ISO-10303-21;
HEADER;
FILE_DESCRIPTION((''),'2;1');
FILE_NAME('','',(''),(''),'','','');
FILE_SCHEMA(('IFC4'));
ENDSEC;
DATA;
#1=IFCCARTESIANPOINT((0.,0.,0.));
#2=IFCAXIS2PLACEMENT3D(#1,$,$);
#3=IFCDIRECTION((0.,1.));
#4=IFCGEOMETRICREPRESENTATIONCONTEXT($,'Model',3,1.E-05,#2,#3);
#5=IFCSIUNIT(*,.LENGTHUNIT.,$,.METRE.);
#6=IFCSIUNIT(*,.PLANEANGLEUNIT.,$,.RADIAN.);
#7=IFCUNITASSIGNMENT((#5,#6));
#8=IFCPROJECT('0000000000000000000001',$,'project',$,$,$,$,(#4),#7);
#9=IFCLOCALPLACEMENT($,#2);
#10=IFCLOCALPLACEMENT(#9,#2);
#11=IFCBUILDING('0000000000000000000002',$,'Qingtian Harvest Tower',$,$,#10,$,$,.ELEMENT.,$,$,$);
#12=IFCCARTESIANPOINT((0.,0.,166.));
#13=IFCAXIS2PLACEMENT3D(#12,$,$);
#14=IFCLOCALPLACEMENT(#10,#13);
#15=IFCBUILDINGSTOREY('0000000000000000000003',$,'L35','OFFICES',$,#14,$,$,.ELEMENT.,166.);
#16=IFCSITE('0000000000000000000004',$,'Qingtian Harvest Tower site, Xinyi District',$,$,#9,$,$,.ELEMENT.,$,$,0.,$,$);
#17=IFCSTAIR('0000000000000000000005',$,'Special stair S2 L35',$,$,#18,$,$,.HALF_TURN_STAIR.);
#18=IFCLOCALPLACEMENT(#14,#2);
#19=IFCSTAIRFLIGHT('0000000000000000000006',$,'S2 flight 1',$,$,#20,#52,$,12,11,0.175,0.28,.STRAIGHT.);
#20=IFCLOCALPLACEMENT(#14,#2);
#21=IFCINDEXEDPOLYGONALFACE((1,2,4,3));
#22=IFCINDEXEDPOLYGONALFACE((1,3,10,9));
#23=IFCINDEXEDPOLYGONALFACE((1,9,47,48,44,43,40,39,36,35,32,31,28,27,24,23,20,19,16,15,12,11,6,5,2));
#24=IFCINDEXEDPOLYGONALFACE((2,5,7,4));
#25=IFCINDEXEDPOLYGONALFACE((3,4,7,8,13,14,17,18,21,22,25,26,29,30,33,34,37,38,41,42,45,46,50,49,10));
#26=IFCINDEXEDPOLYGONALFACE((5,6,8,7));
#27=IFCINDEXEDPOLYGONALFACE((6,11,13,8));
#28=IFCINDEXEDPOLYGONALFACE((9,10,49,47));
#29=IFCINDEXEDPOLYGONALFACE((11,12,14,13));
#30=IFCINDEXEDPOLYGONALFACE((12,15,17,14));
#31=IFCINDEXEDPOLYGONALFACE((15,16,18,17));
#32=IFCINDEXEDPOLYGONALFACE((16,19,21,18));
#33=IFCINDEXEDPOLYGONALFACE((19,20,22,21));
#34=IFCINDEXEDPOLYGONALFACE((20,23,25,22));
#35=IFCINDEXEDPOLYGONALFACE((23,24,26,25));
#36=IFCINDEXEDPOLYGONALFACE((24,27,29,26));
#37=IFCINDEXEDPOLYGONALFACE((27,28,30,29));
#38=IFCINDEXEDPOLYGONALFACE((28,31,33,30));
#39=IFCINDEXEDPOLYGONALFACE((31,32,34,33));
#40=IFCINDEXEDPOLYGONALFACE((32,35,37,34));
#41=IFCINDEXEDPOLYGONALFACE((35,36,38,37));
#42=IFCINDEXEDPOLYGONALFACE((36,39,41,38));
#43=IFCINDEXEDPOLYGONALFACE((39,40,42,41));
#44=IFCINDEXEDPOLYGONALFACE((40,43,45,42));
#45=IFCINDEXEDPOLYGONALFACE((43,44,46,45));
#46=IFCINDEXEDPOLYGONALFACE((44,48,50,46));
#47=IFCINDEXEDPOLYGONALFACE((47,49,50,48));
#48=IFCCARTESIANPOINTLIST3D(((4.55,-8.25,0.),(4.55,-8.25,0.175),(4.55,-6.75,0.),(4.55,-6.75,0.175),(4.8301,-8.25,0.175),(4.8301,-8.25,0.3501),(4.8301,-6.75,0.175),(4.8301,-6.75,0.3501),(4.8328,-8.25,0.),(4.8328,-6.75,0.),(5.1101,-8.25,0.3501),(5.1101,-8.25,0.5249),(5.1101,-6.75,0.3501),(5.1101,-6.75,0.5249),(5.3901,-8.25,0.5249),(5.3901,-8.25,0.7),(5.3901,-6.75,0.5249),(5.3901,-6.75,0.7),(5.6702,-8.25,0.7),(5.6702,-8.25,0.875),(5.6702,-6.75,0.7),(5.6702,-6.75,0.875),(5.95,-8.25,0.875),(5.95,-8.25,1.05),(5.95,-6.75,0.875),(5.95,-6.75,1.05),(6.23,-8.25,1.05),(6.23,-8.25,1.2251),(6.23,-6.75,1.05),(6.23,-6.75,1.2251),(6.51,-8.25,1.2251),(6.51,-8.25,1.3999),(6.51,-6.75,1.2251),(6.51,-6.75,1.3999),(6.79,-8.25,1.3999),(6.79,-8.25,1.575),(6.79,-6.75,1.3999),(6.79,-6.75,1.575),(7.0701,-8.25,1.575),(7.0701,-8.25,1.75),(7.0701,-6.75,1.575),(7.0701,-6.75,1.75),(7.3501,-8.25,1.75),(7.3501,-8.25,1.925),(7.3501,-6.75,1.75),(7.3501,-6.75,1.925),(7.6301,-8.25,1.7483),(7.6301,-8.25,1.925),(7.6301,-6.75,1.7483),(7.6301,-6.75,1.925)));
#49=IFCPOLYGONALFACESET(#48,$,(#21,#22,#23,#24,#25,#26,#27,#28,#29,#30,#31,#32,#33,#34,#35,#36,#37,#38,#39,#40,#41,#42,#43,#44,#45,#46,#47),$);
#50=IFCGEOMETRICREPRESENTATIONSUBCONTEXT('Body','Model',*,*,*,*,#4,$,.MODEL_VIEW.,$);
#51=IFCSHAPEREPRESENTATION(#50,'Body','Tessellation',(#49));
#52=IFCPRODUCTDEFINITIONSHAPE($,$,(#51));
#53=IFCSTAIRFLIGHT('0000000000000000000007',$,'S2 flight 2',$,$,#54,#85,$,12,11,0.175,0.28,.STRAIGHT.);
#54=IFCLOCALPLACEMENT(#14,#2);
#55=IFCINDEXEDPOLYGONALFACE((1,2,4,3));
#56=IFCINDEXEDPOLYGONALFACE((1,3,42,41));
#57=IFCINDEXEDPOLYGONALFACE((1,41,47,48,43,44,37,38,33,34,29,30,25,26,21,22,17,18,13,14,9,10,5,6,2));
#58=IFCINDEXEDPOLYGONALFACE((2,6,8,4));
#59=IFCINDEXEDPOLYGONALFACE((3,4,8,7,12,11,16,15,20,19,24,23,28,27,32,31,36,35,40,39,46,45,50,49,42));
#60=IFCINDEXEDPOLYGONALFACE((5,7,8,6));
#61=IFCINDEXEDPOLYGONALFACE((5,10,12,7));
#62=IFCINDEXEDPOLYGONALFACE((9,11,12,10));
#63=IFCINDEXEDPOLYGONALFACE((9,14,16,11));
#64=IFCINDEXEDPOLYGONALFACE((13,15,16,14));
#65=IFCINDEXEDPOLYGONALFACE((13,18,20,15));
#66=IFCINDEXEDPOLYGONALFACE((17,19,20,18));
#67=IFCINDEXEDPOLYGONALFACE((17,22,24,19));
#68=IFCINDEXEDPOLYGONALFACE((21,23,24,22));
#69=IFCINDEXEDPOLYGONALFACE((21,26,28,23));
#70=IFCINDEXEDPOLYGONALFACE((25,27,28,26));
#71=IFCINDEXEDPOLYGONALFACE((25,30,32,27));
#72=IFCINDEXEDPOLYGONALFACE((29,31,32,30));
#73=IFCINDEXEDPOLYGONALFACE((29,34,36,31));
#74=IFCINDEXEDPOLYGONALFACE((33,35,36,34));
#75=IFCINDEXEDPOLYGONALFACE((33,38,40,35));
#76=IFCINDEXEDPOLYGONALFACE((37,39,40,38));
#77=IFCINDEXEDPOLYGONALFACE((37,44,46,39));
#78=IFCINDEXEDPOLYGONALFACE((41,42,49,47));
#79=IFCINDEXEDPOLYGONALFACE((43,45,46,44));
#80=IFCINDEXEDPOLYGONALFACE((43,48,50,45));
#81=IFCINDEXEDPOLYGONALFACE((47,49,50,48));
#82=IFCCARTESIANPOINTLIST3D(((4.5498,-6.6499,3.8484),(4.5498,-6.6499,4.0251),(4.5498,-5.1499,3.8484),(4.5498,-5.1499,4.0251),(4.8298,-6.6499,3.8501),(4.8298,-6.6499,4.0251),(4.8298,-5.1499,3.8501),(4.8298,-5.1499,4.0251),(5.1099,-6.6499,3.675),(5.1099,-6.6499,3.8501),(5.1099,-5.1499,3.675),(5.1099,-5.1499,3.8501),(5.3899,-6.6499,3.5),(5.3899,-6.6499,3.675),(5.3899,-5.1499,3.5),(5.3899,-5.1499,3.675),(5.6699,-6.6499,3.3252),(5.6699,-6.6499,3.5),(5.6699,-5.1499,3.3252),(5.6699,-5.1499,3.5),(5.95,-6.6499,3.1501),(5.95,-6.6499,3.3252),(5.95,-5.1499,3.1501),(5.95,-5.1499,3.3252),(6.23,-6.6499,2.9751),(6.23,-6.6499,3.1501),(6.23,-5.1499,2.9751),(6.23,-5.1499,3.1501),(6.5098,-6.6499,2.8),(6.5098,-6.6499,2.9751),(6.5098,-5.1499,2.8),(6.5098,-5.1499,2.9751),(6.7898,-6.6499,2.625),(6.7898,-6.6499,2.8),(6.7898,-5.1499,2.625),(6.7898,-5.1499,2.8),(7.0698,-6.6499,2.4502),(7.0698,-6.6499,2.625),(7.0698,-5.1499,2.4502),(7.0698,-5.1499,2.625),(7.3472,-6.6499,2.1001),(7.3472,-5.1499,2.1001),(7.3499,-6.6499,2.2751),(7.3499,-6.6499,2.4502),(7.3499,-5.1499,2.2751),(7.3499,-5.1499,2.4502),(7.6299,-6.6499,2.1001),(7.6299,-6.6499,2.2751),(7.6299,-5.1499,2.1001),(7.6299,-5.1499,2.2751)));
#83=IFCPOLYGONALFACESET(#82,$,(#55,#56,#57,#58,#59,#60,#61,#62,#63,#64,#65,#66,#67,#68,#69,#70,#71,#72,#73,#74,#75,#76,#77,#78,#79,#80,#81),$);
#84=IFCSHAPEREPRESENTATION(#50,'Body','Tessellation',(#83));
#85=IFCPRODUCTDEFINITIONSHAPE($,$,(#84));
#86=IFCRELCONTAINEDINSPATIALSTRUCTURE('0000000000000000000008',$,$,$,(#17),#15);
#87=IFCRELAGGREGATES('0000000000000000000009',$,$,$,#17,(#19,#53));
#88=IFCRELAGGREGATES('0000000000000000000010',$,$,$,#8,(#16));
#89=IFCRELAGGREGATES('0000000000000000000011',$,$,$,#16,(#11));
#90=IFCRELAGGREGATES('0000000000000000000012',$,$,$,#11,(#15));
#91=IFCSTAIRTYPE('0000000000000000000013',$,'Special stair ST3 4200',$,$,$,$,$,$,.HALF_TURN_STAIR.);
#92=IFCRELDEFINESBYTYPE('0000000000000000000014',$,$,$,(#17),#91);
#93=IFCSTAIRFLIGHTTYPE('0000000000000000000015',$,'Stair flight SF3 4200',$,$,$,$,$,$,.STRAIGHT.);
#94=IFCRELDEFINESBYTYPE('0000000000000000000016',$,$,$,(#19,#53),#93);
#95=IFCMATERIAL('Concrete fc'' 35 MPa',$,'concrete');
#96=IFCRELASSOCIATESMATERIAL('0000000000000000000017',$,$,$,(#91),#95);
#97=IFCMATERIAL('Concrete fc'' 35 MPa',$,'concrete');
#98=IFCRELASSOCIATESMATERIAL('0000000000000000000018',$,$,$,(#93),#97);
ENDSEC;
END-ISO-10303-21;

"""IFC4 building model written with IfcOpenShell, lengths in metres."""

from ifc_helpers import new_model, si_unit, direction, frame, origin, place, context, subcontext, project, spatial, polyline, outline, extrude, material, type_object, element, aggregate, save


model = new_model("IFC4")

# Units and contexts
model_context = context("Model", 3, precision=1e-05, world=origin(), true_north=direction((0.0, 1.0)))
body_context = subcontext(model_context, "Body", "Model", "MODEL_VIEW")
ifc_project = project(units=[si_unit("LENGTHUNIT", "METRE"), si_unit("PLANEANGLEUNIT", "RADIAN")], contexts=[model_context])

# Site, building, storey
site_placement = place(None, origin())
site = spatial("IfcSite", under=ifc_project, at=site_placement, Name="Qingtian Harvest Tower site, Xinyi District", CompositionType="ELEMENT", RefElevation=0.0)
building_placement = place(site_placement, origin())
building = spatial("IfcBuilding", under=site, at=building_placement, Name="Qingtian Harvest Tower", CompositionType="ELEMENT")
storey_placement = place(building_placement, frame((0.0, 0.0, 166.0)))
storey = spatial("IfcBuildingStorey", under=building, at=storey_placement, Name="L35", Description="OFFICES", CompositionType="ELEMENT", Elevation=166.0)

# Stair, stair flights
ifc_material_1 = material(Name="Concrete fc' 35 MPa", Category="concrete")
stair_type = type_object("IfcStairType", Name="Special stair ST3 4200", PredefinedType="HALF_TURN_STAIR", material=ifc_material_1)
stair_placement = place(storey_placement, origin())
stair = element("IfcStair", 1, at=stair_placement, inside=storey, type_object=stair_type, Name="Special stair S2 L35", PredefinedType="HALF_TURN_STAIR")
ifc_material_2 = material(Name="Concrete fc' 35 MPa", Category="concrete")
stair_flight_type = type_object("IfcStairFlightType", Name="Stair flight SF3 4200", PredefinedType="STRAIGHT", material=ifc_material_2)
stair_flight_1_placement = place(storey_placement, frame((4.55, -7.5, 0.0), z_axis=(0.0, 0.0, 1.0), x_axis=(1.0, 0.0, 0.0)))
stair_flight_1 = element("IfcStairFlight", 2, at=stair_flight_1_placement, type_object=stair_flight_type, Name="S2 flight 1", NumberOfRisers=12, NumberOfTreads=11, PredefinedType="STRAIGHT", RiserHeight=0.175, TreadLength=0.28, context=body_context, shape_type="SweptSolid", body=[
    extrude(outline(polyline([(0.0, 0.0), (0.0, 0.175), (0.28, 0.175), (0.28, 0.3501), (0.5601, 0.3501), (0.5601, 0.5249), (0.8401, 0.5249), (0.8401, 0.7), (1.1201, 0.7), (1.1201, 0.875), (1.3999, 0.875), (1.3999, 1.05), (1.6799, 1.05), (1.6799, 1.2251), (1.96, 1.2251), (1.96, 1.3999), (2.24, 1.3999), (2.24, 1.575), (2.52, 1.575), (2.52, 1.75), (2.8, 1.75), (2.8, 1.925), (3.0801, 1.925), (3.0801, 2.1001), (3.0801, 1.7483), (0.2827, 0.0), (0.0, 0.0)])), frame((0.0, 0.75, 0.0), z_axis=(0.0, -1.0, 0.0), x_axis=(1.0, 0.0, 0.0)), (0.0, 0.0, 1.0), 1.5),
])
stair_flight_2_placement = place(storey_placement, frame((7.6299, -5.8999, 2.1001), z_axis=(0.0, 0.0, 1.0), x_axis=(-1.0, 0.0, 0.0)))
stair_flight_2 = element("IfcStairFlight", 3, at=stair_flight_2_placement, type_object=stair_flight_type, Name="S2 flight 2", NumberOfRisers=12, NumberOfTreads=11, PredefinedType="STRAIGHT", RiserHeight=0.175, TreadLength=0.28, context=body_context, shape_type="SweptSolid", body=[
    extrude(outline(polyline([(0.0, 0.0), (0.0, 0.175), (0.28, 0.175), (0.28, 0.3501), (0.5601, 0.3501), (0.5601, 0.5249), (0.8401, 0.5249), (0.8401, 0.7), (1.1201, 0.7), (1.1201, 0.875), (1.3999, 0.875), (1.3999, 1.05), (1.6799, 1.05), (1.6799, 1.2251), (1.96, 1.2251), (1.96, 1.3999), (2.24, 1.3999), (2.24, 1.575), (2.52, 1.575), (2.52, 1.75), (2.8, 1.75), (2.8, 1.925), (3.0801, 1.925), (3.0801, 2.1001), (3.0801, 1.7483), (0.2827, 0.0), (0.0, 0.0)])), frame((0.0, 0.75, 0.0), z_axis=(0.0, -1.0, 0.0), x_axis=(1.0, 0.0, 0.0)), (0.0, 0.0, 1.0), 1.5),
])
aggregate(stair, [stair_flight_1, stair_flight_2])

save(model, "model.ifc")
